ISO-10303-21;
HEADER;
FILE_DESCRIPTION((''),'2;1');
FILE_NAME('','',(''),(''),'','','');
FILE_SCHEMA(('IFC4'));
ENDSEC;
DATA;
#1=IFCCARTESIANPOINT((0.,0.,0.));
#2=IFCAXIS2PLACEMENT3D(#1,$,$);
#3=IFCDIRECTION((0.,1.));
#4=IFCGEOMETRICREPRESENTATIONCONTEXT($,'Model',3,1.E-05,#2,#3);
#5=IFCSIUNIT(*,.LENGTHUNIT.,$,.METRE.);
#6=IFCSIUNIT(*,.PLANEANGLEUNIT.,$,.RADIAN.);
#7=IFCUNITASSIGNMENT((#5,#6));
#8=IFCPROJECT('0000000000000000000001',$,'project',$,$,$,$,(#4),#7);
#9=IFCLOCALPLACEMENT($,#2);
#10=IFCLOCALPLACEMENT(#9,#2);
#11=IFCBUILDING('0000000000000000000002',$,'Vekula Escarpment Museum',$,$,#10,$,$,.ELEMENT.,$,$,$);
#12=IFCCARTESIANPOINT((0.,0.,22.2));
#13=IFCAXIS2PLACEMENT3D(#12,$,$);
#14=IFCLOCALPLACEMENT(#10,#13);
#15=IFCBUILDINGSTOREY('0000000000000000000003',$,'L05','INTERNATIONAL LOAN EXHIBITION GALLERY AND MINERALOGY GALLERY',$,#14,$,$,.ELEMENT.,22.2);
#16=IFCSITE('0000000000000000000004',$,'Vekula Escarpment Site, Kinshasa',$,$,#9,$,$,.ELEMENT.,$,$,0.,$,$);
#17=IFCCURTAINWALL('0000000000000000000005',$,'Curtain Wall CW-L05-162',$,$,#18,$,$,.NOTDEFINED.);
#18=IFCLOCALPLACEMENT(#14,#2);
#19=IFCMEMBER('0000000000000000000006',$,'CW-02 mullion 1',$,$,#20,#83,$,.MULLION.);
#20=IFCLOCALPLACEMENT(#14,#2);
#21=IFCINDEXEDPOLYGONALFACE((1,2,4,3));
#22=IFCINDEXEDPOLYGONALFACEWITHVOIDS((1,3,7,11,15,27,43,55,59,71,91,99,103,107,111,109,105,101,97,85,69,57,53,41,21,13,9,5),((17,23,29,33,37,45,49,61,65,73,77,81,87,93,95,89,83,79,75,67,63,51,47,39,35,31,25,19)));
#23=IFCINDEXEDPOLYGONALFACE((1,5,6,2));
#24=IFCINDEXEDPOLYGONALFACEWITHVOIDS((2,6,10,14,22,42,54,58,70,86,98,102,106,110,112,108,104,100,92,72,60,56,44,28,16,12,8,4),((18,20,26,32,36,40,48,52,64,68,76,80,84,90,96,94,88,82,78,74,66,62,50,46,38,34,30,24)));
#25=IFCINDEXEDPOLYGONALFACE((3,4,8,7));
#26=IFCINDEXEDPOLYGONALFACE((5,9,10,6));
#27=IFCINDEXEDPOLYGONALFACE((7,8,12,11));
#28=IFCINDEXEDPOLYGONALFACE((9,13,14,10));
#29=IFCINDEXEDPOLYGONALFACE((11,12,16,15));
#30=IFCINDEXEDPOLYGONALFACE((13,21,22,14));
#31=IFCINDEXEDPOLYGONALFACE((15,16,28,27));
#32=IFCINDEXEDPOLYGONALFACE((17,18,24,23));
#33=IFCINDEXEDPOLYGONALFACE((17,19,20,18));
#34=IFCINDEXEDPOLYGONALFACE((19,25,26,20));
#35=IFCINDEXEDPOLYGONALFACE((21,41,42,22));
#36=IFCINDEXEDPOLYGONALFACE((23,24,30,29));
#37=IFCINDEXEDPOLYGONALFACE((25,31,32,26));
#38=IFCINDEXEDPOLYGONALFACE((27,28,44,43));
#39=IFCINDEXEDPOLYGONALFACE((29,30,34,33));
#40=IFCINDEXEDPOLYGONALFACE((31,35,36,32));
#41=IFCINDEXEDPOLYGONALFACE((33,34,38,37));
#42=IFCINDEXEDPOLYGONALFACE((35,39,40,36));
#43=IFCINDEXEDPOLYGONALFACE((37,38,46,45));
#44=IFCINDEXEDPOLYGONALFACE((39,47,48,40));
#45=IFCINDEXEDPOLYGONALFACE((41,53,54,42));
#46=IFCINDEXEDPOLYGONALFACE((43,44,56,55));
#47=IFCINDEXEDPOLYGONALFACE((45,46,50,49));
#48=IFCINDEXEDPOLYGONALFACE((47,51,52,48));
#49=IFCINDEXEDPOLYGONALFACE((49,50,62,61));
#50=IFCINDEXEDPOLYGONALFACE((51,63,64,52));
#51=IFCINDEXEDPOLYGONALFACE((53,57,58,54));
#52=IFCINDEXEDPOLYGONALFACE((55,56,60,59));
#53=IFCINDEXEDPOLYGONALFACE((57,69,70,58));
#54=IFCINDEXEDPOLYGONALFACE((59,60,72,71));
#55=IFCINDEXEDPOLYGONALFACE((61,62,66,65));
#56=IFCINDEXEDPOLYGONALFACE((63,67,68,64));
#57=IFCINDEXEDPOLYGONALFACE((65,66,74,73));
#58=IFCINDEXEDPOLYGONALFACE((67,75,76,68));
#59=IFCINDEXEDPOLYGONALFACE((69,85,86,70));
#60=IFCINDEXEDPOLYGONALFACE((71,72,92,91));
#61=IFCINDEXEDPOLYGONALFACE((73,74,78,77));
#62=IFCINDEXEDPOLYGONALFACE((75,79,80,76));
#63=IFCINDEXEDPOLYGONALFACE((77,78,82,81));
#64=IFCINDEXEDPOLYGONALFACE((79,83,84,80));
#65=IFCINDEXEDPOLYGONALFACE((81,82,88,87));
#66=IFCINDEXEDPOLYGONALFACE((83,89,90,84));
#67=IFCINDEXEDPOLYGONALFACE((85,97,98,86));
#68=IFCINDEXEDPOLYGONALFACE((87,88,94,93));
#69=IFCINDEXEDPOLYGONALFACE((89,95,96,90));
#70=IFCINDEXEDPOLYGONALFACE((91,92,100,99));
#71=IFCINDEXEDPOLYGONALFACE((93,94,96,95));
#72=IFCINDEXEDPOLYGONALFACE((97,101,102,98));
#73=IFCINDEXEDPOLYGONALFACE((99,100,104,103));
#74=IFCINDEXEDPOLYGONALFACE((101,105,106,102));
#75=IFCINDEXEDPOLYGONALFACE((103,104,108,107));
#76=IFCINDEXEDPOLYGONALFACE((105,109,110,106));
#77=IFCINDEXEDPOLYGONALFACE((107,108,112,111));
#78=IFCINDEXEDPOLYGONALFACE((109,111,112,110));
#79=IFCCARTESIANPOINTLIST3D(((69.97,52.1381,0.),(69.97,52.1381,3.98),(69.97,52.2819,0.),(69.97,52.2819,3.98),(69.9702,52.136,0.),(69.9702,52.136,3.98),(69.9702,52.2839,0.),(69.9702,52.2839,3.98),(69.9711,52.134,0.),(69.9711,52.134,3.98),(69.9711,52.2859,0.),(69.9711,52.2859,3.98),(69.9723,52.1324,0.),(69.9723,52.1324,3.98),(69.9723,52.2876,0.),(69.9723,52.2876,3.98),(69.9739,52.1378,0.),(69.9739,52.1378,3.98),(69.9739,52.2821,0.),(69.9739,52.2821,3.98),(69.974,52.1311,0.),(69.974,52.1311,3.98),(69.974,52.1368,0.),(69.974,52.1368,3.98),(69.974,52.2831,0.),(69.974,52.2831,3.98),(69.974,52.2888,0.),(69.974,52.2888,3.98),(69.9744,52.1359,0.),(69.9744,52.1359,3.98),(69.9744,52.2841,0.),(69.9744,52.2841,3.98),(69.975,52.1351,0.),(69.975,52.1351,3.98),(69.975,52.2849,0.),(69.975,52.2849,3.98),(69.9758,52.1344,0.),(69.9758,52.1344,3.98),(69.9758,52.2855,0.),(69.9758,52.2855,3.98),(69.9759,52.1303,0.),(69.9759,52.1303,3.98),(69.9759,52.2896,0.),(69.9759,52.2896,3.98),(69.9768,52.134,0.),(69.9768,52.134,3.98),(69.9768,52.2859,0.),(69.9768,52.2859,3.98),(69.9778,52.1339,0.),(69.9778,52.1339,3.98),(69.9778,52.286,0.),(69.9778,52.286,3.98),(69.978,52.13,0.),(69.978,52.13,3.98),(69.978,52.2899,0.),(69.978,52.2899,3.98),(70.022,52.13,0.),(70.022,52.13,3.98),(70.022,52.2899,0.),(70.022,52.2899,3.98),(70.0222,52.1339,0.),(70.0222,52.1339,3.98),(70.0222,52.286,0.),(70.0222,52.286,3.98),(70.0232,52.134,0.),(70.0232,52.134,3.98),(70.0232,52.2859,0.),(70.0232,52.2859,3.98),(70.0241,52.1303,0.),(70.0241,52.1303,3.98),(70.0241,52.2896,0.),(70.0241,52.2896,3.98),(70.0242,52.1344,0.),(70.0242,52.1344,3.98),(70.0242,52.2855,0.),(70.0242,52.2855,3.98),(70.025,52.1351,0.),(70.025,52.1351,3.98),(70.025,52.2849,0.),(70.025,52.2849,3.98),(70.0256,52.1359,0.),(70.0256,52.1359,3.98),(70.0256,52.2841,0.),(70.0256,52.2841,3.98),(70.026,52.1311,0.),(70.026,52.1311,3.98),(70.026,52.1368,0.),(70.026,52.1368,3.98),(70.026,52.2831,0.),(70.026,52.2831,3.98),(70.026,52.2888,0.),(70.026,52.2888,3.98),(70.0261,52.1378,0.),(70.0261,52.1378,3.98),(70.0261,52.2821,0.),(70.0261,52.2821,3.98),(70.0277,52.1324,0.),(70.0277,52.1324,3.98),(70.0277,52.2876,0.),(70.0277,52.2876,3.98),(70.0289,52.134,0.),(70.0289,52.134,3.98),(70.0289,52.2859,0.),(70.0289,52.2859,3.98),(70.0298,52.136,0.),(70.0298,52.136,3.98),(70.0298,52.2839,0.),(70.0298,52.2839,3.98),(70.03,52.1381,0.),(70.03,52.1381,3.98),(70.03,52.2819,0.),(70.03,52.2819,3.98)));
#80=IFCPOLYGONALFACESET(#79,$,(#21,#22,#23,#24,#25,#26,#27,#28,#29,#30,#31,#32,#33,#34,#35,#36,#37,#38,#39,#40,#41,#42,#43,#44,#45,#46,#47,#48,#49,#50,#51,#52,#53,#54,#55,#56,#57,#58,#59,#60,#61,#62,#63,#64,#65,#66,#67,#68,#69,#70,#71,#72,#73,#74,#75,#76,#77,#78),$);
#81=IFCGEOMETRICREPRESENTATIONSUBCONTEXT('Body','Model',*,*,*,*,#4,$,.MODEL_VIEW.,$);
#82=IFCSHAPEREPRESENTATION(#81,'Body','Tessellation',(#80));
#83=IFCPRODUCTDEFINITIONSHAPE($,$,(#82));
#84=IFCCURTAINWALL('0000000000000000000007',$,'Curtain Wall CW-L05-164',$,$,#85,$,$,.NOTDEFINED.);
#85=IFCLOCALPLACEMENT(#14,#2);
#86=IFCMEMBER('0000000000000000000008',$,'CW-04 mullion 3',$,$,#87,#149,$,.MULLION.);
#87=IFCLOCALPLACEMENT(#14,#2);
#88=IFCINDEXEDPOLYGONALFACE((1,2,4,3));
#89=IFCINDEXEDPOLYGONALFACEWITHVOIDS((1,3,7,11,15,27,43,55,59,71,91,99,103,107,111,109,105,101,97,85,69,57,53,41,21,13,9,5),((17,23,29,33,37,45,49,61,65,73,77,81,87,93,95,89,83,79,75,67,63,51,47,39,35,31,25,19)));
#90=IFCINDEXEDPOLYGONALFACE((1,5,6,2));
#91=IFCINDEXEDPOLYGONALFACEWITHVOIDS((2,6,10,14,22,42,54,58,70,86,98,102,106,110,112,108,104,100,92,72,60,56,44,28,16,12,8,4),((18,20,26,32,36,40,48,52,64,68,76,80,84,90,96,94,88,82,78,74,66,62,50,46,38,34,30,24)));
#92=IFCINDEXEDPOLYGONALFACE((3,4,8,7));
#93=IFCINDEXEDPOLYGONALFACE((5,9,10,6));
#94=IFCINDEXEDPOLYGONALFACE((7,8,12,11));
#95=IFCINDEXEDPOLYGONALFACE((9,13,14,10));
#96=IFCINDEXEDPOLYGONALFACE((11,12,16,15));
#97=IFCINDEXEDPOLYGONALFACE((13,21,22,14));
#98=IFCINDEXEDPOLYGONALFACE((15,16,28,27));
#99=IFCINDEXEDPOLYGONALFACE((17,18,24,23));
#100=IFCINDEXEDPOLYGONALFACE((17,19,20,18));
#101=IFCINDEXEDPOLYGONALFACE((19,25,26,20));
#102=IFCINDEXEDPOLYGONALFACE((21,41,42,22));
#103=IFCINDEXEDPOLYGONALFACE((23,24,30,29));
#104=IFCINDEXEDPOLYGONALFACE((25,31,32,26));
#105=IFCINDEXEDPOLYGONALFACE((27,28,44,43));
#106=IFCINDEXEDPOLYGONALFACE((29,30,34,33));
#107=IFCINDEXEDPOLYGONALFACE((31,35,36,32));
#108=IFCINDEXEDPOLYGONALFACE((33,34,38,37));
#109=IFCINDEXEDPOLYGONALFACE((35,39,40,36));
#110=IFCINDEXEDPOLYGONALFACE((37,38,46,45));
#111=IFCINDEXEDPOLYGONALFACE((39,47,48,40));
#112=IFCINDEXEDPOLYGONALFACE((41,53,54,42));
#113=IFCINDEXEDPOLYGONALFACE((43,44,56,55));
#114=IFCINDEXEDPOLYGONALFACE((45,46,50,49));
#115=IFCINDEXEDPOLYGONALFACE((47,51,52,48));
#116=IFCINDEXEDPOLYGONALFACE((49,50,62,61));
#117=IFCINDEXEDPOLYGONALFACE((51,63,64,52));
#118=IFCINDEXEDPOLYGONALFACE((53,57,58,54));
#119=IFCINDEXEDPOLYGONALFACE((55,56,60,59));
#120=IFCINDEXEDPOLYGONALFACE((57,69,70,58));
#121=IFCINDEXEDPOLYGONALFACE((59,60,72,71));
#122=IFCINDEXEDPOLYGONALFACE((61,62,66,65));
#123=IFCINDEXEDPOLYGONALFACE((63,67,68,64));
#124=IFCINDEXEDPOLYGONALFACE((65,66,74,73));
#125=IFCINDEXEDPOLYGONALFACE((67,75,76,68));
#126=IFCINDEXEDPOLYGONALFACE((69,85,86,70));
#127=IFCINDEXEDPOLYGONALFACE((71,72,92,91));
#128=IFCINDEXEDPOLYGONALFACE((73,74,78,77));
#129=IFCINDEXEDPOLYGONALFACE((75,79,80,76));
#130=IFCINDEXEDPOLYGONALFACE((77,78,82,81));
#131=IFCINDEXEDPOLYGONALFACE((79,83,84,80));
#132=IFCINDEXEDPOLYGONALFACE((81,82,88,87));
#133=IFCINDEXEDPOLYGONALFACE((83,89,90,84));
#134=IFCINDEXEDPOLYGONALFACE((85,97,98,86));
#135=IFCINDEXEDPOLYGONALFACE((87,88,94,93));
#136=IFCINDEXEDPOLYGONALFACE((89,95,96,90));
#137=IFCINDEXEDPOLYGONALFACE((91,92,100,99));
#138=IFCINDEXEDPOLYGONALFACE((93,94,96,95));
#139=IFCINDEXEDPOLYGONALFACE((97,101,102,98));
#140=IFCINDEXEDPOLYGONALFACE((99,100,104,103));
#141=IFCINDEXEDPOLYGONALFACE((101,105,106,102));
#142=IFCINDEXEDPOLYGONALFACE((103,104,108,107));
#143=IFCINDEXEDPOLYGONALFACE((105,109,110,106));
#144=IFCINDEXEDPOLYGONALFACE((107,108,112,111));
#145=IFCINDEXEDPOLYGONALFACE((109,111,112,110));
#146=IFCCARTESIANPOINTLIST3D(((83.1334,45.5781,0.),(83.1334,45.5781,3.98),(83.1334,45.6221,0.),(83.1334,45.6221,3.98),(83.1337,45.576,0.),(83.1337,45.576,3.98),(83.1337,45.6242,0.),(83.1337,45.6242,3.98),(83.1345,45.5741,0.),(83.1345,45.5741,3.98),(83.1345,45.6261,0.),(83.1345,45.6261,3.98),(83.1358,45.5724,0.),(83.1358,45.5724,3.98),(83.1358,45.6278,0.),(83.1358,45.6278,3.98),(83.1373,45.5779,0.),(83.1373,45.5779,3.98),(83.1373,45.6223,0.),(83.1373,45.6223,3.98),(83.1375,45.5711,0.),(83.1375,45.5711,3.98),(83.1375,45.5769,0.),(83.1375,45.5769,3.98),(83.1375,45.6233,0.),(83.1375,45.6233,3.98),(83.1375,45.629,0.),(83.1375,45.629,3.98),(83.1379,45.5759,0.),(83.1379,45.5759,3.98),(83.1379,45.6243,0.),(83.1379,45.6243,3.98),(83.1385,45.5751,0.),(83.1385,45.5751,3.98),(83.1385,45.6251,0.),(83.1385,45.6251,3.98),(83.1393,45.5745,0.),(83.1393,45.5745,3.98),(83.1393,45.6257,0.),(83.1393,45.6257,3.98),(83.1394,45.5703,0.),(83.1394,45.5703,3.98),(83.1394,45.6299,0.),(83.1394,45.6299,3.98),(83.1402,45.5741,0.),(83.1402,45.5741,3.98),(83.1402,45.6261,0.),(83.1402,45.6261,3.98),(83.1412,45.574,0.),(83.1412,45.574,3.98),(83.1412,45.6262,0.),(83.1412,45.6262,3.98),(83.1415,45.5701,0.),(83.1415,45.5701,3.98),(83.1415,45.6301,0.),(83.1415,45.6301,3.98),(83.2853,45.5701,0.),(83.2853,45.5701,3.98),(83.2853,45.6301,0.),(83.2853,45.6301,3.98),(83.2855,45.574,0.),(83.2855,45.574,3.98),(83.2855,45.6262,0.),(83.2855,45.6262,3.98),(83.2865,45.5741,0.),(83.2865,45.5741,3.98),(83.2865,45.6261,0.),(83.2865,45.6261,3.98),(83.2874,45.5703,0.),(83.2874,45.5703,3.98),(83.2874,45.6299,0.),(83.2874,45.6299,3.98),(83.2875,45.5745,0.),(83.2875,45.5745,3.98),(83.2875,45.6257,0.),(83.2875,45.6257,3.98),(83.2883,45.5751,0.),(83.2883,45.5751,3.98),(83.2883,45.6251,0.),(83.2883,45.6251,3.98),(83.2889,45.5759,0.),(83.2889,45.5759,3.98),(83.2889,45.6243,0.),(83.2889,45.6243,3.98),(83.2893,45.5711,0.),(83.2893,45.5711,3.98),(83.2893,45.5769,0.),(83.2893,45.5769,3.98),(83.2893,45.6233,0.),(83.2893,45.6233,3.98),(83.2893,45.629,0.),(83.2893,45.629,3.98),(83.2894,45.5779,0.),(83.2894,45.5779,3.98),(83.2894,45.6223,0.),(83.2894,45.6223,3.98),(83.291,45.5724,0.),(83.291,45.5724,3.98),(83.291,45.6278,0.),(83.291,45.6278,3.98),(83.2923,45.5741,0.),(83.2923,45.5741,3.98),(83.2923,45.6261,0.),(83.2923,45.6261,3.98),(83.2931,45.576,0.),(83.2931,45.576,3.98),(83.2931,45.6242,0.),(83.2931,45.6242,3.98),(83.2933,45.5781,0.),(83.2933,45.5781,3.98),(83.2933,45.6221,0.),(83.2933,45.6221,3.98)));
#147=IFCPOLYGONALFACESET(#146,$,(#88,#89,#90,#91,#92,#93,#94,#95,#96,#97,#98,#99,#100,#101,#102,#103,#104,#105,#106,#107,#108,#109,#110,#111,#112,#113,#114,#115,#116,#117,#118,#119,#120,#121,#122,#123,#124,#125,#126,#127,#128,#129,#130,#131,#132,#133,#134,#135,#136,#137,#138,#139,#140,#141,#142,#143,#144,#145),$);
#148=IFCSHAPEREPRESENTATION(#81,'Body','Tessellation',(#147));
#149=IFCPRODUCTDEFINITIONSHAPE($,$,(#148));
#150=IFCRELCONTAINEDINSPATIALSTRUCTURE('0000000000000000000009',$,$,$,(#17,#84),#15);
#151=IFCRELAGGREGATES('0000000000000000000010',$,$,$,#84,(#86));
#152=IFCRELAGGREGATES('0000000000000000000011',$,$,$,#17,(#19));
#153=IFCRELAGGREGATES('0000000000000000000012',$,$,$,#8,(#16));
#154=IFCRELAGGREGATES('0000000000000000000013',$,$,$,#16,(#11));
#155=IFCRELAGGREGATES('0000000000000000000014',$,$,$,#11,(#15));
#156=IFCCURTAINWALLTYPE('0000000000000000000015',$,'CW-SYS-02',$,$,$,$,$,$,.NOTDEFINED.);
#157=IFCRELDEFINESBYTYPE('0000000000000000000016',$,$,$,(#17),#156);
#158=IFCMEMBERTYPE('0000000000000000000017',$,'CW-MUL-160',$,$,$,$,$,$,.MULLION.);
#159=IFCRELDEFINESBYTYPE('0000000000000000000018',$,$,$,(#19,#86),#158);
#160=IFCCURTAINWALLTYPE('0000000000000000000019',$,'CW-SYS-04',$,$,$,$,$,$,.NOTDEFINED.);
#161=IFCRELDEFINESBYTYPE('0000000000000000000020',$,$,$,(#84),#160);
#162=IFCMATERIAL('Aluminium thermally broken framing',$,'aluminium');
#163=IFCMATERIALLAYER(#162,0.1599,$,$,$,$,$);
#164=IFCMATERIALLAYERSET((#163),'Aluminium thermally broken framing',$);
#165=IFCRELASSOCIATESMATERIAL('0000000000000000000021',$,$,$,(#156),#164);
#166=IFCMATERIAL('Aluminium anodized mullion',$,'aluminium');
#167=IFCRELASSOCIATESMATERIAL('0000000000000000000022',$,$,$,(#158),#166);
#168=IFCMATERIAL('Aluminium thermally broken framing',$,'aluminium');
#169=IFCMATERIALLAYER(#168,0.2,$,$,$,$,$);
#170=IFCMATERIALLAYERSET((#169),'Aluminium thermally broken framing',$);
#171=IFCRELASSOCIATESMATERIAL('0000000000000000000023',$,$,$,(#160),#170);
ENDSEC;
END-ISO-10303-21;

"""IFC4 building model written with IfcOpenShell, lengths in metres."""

from ifc_helpers import new_model, si_unit, direction, frame, origin, origin_2d, place, context, subcontext, project, spatial, hollow_rectangle, extrude, material, layer, layer_set, material_profile, profile_set, type_object, element, aggregate, save


model = new_model("IFC4")

# Units and contexts
model_context = context("Model", 3, precision=1e-05, world=origin(), true_north=direction((0.0, 1.0)))
body_context = subcontext(model_context, "Body", "Model", "MODEL_VIEW")
ifc_project = project(units=[si_unit("LENGTHUNIT", "METRE"), si_unit("PLANEANGLEUNIT", "RADIAN")], contexts=[model_context])

# Site, building, storey
site_placement = place(None, origin())
site = spatial("IfcSite", under=ifc_project, at=site_placement, Name="Vekula Escarpment Site, Kinshasa", CompositionType="ELEMENT", RefElevation=0.0)
building_placement = place(site_placement, origin())
building = spatial("IfcBuilding", under=site, at=building_placement, Name="Vekula Escarpment Museum", CompositionType="ELEMENT")
storey_placement = place(building_placement, frame((0.0, 0.0, 22.2)))
storey = spatial("IfcBuildingStorey", under=building, at=storey_placement, Name="L05", Description="INTERNATIONAL LOAN EXHIBITION GALLERY AND MINERALOGY GALLERY", CompositionType="ELEMENT", Elevation=22.2)

# Curtain walls, members
ifc_material_1 = material(Name="Aluminium thermally broken framing", Category="aluminium")
ifc_layer_1 = layer(ifc_material_1, 0.1599)
ifc_layer_set_1 = layer_set([ifc_layer_1], Name="Aluminium thermally broken framing")
curtain_wall_type_1 = type_object("IfcCurtainWallType", Name="CW-SYS-02", PredefinedType="NOTDEFINED", material=ifc_layer_set_1)
curtain_wall_1_placement = place(storey_placement, origin())
curtain_wall_1 = element("IfcCurtainWall", 1, at=curtain_wall_1_placement, inside=storey, type_object=curtain_wall_type_1, Name="Curtain Wall CW-L05-162", PredefinedType="NOTDEFINED")
ifc_material_2 = material(Name="Aluminium anodized mullion", Category="aluminium")
ifc_material_profile_1 = material_profile(ifc_material_2, hollow_rectangle(XDim=0.0601, YDim=0.1599, WallThickness=0.0039, InnerFilletRadius=0.0039, OuterFilletRadius=0.0081, at=origin_2d()), Name="ALU 160x60x4")
ifc_profile_set_1 = profile_set([ifc_material_profile_1], Name="Aluminium anodized mullion")
member_type_1 = type_object("IfcMemberType", Name="CW-MUL-160", PredefinedType="MULLION", material=ifc_profile_set_1)
member_1_placement = place(storey_placement, frame((70.0, 52.21, 0.0), z_axis=(0.0, 0.0, 1.0), x_axis=(1.0, 0.0, 0.0)))
member_1 = element("IfcMember", 2, at=member_1_placement, type_object=member_type_1, Name="CW-02 mullion 1", PredefinedType="MULLION", context=body_context, shape_type="SweptSolid", body=[
    extrude(hollow_rectangle(XDim=0.0601, YDim=0.1599, WallThickness=0.0039, InnerFilletRadius=0.0039, OuterFilletRadius=0.0081, at=origin_2d()), origin(), (0.0, 0.0, 1.0), 3.98),
])
ifc_material_3 = material(Name="Aluminium thermally broken framing", Category="aluminium")
ifc_layer_2 = layer(ifc_material_3, 0.2)
ifc_layer_set_2 = layer_set([ifc_layer_2], Name="Aluminium thermally broken framing")
curtain_wall_type_2 = type_object("IfcCurtainWallType", Name="CW-SYS-04", PredefinedType="NOTDEFINED", material=ifc_layer_set_2)
curtain_wall_2_placement = place(storey_placement, origin())
curtain_wall_2 = element("IfcCurtainWall", 3, at=curtain_wall_2_placement, inside=storey, type_object=curtain_wall_type_2, Name="Curtain Wall CW-L05-164", PredefinedType="NOTDEFINED")
member_2_placement = place(storey_placement, frame((83.2134, 45.6001, 0.0), z_axis=(0.0, 0.0, 1.0), x_axis=(0.0, 1.0, 0.0)))
member_2 = element("IfcMember", 4, at=member_2_placement, type_object=member_type_1, Name="CW-04 mullion 3", PredefinedType="MULLION", context=body_context, shape_type="SweptSolid", body=[
    extrude(hollow_rectangle(XDim=0.0601, YDim=0.1599, WallThickness=0.0039, InnerFilletRadius=0.0039, OuterFilletRadius=0.0081, at=origin_2d()), origin(), (0.0, 0.0, 1.0), 3.98),
])

aggregate(curtain_wall_2, [member_2])
aggregate(curtain_wall_1, [member_1])

save(model, "model.ifc")
